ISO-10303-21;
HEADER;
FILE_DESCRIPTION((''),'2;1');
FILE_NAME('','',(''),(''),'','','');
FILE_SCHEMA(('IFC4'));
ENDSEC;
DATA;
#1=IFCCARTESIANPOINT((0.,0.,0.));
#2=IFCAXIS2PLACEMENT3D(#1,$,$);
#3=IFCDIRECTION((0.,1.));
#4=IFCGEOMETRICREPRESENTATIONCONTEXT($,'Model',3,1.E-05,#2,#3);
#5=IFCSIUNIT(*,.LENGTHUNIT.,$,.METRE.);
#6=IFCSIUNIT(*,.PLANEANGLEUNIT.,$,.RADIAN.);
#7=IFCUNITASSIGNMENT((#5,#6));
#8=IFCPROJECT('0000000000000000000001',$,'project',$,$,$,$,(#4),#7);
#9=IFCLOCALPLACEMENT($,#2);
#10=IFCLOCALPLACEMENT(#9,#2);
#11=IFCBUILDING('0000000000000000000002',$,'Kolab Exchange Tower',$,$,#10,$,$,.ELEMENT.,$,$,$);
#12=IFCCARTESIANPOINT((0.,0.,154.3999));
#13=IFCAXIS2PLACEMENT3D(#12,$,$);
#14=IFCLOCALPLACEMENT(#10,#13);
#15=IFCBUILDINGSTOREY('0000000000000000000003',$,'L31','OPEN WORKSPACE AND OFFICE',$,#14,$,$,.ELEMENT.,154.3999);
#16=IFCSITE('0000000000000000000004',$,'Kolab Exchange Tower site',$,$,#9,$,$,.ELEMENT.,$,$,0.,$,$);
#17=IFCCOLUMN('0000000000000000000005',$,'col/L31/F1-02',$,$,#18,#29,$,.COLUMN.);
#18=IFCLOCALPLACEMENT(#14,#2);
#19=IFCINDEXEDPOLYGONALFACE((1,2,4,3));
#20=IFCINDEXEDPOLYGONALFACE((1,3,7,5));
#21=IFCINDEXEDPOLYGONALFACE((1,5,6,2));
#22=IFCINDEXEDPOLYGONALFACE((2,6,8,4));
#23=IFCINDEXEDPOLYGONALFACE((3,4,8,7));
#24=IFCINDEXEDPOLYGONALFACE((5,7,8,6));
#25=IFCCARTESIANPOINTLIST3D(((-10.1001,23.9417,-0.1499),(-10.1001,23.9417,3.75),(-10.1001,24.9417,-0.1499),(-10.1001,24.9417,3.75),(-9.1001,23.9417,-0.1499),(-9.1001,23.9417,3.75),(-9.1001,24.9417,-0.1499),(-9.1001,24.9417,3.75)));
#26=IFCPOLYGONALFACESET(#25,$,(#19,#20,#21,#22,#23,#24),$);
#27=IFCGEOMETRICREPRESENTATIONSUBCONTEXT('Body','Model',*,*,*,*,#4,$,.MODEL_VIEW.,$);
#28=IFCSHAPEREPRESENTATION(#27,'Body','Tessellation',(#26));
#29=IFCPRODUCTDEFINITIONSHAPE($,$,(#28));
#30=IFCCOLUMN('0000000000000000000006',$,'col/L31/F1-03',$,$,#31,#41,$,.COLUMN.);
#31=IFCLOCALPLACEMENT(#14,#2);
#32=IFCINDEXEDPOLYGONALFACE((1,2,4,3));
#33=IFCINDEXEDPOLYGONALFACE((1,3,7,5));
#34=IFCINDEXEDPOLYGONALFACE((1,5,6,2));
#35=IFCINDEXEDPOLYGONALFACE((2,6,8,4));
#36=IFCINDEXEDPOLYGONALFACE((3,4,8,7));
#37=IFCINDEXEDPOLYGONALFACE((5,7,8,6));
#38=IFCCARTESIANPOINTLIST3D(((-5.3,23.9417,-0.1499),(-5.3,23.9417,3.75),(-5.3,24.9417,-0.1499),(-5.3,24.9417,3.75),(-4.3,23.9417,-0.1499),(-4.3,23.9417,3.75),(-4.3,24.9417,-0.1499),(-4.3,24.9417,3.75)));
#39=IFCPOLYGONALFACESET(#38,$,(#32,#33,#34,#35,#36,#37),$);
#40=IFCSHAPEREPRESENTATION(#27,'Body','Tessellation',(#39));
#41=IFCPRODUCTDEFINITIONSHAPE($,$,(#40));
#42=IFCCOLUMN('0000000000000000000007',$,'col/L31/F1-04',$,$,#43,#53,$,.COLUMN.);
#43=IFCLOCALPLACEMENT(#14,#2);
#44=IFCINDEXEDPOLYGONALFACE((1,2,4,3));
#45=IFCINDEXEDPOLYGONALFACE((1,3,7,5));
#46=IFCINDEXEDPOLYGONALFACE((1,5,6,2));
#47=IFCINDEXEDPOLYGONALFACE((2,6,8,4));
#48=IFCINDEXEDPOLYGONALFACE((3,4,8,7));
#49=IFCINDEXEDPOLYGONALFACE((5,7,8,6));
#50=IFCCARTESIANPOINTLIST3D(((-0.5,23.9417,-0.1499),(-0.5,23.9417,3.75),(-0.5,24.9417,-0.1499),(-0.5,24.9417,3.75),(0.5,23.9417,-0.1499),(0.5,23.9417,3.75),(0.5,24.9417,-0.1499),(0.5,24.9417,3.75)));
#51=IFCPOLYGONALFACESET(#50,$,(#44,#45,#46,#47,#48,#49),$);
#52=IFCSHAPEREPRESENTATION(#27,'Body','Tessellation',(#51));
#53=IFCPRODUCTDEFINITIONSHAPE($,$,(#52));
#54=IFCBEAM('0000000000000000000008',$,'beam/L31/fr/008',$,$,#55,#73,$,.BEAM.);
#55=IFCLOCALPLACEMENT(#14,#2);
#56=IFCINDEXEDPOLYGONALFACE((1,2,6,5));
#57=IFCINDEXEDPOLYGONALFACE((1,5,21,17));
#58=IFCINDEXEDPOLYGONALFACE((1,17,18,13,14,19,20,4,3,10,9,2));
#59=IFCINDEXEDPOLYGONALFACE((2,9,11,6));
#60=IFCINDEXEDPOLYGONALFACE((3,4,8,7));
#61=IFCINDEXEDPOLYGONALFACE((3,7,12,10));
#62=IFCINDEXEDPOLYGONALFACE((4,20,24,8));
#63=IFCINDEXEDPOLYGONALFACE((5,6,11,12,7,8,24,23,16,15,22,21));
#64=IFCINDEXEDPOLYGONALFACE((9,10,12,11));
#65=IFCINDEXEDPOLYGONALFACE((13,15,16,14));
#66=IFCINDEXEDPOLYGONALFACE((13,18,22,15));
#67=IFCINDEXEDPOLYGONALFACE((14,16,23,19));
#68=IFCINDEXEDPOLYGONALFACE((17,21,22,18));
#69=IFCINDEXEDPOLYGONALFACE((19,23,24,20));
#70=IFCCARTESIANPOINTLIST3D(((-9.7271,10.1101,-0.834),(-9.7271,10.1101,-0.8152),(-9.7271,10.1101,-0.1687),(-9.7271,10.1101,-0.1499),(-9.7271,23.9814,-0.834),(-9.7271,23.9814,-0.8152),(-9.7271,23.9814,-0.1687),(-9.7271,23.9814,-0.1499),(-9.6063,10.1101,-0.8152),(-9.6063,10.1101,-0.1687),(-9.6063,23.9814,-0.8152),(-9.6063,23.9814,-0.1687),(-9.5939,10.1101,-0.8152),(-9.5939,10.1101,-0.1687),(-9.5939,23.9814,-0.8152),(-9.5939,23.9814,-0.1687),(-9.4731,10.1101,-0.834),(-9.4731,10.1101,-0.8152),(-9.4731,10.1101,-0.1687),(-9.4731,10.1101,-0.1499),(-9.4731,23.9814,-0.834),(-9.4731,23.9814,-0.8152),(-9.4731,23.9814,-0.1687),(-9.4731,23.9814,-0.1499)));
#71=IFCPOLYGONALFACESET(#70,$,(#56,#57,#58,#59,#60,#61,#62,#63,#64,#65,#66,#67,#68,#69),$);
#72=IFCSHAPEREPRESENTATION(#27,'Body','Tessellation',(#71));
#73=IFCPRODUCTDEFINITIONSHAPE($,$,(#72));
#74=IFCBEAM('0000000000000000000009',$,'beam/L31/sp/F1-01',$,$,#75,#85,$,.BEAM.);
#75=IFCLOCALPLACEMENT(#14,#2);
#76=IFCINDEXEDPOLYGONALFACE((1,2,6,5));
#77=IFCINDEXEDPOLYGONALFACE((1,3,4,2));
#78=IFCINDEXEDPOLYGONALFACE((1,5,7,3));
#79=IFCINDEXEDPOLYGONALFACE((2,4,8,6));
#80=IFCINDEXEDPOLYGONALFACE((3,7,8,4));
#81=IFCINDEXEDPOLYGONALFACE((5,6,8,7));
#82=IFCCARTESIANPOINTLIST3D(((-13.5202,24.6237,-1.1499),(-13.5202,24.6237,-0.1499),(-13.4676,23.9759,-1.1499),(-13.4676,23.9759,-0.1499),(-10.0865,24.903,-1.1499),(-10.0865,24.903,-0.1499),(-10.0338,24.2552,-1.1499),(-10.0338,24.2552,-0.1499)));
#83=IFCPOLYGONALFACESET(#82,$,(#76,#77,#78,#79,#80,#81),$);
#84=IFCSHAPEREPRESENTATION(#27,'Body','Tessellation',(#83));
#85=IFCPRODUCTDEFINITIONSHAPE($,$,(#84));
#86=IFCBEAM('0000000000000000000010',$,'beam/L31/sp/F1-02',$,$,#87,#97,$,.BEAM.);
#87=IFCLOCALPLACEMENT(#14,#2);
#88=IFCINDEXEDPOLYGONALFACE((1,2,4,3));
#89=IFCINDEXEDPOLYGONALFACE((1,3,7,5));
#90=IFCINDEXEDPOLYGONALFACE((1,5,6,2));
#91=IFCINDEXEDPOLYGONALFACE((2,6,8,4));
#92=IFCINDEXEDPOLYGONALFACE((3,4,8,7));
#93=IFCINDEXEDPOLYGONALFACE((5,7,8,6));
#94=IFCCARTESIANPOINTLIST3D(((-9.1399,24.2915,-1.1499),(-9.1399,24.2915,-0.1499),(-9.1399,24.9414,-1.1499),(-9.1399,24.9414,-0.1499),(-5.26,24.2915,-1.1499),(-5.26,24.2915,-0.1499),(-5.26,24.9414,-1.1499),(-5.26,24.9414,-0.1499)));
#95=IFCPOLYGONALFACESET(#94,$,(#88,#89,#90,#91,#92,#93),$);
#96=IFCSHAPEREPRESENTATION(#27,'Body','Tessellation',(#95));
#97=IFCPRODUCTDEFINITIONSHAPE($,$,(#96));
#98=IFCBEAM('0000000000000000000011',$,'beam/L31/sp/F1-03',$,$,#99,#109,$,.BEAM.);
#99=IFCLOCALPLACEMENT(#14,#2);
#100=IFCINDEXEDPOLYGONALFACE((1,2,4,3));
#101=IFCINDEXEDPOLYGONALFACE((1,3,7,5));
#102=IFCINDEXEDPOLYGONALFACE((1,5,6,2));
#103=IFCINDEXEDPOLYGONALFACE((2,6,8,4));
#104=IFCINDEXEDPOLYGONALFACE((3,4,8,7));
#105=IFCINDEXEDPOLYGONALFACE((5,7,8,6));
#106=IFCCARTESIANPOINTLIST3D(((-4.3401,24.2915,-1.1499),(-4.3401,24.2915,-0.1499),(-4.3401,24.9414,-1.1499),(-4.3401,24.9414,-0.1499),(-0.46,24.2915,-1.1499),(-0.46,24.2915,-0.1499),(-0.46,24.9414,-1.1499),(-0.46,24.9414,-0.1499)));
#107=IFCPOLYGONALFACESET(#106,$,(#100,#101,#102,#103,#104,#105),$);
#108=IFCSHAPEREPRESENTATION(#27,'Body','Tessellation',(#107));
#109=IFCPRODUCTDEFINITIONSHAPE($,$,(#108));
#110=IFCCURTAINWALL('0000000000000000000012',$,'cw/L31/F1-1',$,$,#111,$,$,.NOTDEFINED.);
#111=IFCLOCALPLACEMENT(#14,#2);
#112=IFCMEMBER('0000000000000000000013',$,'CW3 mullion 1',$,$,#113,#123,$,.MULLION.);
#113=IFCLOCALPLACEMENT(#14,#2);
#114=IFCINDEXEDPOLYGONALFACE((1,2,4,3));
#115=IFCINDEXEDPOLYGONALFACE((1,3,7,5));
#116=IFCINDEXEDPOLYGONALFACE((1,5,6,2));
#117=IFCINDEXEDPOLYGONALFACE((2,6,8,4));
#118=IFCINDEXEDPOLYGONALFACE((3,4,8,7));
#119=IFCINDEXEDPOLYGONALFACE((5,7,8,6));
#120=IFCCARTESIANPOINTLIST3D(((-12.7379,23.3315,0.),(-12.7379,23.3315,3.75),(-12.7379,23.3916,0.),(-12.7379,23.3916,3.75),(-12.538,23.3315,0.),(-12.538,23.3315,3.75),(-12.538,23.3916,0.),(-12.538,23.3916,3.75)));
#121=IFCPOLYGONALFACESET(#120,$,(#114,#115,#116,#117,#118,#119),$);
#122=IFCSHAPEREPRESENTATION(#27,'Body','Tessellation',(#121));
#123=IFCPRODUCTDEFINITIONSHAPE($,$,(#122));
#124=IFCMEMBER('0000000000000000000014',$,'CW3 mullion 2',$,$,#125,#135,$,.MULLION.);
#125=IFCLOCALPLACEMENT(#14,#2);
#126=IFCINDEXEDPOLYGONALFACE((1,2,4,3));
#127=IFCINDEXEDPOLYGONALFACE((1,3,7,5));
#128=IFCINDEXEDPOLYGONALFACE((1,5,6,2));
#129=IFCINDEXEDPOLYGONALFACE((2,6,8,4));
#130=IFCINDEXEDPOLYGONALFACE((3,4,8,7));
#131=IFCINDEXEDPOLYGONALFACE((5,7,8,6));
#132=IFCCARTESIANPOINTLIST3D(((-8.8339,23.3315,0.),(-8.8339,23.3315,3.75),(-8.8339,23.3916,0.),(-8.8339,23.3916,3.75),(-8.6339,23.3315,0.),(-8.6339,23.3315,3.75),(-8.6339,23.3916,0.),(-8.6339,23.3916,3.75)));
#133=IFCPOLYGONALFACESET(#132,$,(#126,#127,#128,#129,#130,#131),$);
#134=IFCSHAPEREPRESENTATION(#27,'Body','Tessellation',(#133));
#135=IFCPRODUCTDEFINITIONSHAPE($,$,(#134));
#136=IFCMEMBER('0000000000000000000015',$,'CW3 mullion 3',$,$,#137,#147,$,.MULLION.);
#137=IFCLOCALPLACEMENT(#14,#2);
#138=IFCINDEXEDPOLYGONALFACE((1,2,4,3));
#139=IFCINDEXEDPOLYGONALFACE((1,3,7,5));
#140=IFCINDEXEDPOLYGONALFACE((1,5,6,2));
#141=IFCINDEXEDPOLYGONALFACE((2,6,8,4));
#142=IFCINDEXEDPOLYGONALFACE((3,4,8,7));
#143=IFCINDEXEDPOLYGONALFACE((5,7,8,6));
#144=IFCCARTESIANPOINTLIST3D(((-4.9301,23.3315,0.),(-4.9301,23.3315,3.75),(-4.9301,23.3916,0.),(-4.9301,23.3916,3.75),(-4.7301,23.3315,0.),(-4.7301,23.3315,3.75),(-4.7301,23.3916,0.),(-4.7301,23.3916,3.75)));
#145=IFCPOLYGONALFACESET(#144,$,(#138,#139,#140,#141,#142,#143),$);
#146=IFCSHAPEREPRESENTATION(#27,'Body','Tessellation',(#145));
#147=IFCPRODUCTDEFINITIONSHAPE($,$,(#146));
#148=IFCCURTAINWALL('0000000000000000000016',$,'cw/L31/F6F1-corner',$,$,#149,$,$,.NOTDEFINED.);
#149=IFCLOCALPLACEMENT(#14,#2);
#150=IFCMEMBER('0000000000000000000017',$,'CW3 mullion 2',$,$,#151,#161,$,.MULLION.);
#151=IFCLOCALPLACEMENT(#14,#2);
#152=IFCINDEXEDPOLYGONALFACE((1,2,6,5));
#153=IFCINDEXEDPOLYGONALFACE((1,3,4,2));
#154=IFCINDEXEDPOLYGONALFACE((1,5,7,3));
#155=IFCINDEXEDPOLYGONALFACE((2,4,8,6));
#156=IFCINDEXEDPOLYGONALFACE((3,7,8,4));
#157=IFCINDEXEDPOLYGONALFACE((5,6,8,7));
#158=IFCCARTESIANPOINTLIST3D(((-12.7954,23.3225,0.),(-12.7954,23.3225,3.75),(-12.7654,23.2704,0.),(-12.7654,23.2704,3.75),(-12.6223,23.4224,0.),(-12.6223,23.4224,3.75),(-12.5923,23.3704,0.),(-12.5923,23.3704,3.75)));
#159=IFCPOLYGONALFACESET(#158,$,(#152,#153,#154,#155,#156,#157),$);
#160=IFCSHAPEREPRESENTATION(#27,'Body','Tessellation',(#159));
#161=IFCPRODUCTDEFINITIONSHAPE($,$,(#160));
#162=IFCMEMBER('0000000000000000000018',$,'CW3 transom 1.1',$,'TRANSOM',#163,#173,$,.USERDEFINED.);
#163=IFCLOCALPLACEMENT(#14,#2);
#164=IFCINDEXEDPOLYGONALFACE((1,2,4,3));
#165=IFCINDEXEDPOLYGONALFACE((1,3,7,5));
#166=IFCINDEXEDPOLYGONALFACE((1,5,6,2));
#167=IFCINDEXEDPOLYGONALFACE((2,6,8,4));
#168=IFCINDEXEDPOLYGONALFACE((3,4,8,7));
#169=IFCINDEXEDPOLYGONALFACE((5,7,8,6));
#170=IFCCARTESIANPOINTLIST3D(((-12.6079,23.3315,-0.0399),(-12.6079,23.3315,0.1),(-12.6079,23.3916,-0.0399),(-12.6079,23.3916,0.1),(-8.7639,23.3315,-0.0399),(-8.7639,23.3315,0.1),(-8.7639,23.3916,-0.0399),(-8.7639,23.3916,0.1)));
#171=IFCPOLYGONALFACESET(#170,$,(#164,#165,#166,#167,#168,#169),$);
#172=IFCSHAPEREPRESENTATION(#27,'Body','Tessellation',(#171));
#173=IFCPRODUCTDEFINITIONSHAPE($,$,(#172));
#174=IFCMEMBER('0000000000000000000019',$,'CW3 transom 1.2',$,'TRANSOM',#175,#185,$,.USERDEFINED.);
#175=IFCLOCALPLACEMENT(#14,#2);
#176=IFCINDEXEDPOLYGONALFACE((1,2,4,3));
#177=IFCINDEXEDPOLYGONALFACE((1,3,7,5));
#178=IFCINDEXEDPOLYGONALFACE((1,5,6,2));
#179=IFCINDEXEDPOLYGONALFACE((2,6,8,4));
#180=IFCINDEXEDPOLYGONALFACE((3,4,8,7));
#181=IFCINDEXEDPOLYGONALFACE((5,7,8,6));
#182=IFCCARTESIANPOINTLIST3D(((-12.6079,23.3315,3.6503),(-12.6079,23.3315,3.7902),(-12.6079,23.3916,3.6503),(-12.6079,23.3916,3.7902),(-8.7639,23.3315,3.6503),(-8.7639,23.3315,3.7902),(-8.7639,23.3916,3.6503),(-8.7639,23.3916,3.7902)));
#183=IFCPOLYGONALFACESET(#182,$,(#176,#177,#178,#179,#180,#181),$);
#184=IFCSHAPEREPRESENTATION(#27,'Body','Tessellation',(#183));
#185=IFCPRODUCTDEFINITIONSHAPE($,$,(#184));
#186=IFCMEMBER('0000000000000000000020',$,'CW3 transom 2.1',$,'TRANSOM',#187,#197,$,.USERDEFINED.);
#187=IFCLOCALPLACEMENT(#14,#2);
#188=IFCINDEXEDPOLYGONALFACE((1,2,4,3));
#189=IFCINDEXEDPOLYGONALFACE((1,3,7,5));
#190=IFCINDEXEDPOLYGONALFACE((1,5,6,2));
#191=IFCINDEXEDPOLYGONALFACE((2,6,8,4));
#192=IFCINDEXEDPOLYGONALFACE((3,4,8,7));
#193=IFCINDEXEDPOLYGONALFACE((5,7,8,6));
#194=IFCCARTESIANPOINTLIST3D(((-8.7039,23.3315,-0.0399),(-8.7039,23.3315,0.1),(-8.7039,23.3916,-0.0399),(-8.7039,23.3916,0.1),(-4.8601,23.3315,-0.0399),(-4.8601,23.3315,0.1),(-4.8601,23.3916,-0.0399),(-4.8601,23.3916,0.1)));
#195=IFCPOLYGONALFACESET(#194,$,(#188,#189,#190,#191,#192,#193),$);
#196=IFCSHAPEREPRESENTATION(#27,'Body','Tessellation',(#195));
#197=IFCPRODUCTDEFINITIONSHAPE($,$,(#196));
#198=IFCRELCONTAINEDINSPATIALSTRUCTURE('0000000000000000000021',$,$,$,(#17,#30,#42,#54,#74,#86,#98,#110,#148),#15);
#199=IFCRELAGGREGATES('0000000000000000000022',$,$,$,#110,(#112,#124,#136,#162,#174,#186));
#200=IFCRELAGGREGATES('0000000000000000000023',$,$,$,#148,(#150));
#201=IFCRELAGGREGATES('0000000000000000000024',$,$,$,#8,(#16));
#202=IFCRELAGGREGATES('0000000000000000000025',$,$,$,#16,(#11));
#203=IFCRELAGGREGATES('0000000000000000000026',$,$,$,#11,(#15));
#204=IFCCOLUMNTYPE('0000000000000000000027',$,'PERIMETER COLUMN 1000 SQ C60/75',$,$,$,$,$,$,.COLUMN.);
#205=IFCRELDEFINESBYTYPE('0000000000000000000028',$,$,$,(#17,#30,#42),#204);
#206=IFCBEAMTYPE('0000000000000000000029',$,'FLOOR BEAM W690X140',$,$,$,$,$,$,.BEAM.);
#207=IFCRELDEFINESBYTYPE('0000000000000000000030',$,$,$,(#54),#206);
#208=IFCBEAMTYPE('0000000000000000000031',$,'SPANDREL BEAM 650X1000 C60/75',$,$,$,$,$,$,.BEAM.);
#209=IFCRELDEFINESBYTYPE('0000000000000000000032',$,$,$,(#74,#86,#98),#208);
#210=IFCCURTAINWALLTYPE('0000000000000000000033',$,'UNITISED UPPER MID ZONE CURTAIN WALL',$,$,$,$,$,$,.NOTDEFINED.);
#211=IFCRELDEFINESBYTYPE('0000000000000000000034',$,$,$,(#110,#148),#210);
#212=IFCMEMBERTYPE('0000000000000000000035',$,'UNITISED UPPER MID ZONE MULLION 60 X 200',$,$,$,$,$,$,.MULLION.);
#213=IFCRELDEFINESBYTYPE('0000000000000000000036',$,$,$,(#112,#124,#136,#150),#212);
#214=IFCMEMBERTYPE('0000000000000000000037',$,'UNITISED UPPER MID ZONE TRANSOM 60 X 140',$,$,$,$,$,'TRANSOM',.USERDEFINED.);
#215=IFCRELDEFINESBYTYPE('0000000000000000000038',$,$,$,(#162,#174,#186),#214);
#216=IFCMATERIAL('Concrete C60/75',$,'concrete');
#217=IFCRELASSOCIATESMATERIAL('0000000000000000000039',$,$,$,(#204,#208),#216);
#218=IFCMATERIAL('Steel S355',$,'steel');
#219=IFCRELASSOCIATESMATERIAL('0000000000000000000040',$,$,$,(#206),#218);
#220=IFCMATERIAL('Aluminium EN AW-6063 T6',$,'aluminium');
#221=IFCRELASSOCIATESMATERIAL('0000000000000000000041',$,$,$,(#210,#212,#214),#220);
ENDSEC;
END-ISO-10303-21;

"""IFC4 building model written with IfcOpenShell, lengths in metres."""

from ifc_helpers import new_model, si_unit, direction, frame, origin, origin_2d, place, context, subcontext, project, spatial, rectangle, i_section, extrude, material, material_profile, profile_set, type_object, element, aggregate, save


model = new_model("IFC4")

# Units and contexts
model_context = context("Model", 3, precision=1e-05, world=origin(), true_north=direction((0.0, 1.0)))
body_context = subcontext(model_context, "Body", "Model", "MODEL_VIEW")
ifc_project = project(units=[si_unit("LENGTHUNIT", "METRE"), si_unit("PLANEANGLEUNIT", "RADIAN")], contexts=[model_context])

# Site, building, storey
site_placement = place(None, origin())
site = spatial("IfcSite", under=ifc_project, at=site_placement, Name="Kolab Exchange Tower site", CompositionType="ELEMENT", RefElevation=0.0)
building_placement = place(site_placement, origin())
building = spatial("IfcBuilding", under=site, at=building_placement, Name="Kolab Exchange Tower", CompositionType="ELEMENT")
storey_placement = place(building_placement, frame((0.0, 0.0, 154.3999)))
storey = spatial("IfcBuildingStorey", under=building, at=storey_placement, Name="L31", Description="OPEN WORKSPACE AND OFFICE", CompositionType="ELEMENT", Elevation=154.3999)

# Columns
ifc_material_1 = material(Name="Concrete C60/75", Category="concrete")
ifc_material_profile_1 = material_profile(ifc_material_1, rectangle(XDim=1.0, YDim=1.0, at=origin_2d()), Name="RC1000")
ifc_profile_set_1 = profile_set([ifc_material_profile_1], Name="Concrete C60/75")
column_type = type_object("IfcColumnType", Name="PERIMETER COLUMN 1000 SQ C60/75", PredefinedType="COLUMN", material=ifc_profile_set_1)
for number, where, z_axis, x_axis, name in (
    (1, (-9.6001, 24.4417, -0.1499), (0.0, 0.0, 1.0), (1.0, 0.0, 0.0), "col/L31/F1-02"),
    (2, (-4.8, 24.4417, -0.1499), (0.0, 0.0, 1.0), (1.0, 0.0, 0.0), "col/L31/F1-03"),
    (3, (0.0, 24.4417, -0.1499), (0.0, 0.0, 1.0), (1.0, 0.0, 0.0), "col/L31/F1-04"),
):
    element("IfcColumn", number, at=place(storey_placement, frame(where, z_axis=z_axis, x_axis=x_axis)), inside=storey, type_object=column_type, Name=name, PredefinedType="COLUMN", context=body_context, shape_type="SweptSolid", body=[
        extrude(rectangle(XDim=1.0, YDim=1.0, at=origin_2d()), origin(), (0.0, 0.0, 1.0), 3.8999),
    ])

# Beams
ifc_material_2 = material(Name="Steel S355", Category="steel")
ifc_material_profile_2 = material_profile(ifc_material_2, i_section(OverallWidth=0.2539, OverallDepth=0.6841, WebThickness=0.0125, FlangeThickness=0.0188, at=origin_2d()), Name="W690X140")
ifc_profile_set_2 = profile_set([ifc_material_profile_2], Name="Steel S355")
beam_type_1 = type_object("IfcBeamType", Name="FLOOR BEAM W690X140", PredefinedType="BEAM", material=ifc_profile_set_2)
beam_1_placement = place(storey_placement, frame((-9.6001, 10.1101, -0.4919), z_axis=(0.0, 1.0, 0.0), x_axis=(-1.0, 0.0, 0.0)))
element("IfcBeam", 4, at=beam_1_placement, inside=storey, type_object=beam_type_1, Name="beam/L31/fr/008", PredefinedType="BEAM", context=body_context, shape_type="SweptSolid", body=[
    extrude(i_section(OverallWidth=0.2539, OverallDepth=0.6841, WebThickness=0.0125, FlangeThickness=0.0188, at=origin_2d()), origin(), (0.0, 0.0, 1.0), 13.8713),
])
ifc_material_profile_3 = material_profile(ifc_material_1, rectangle(XDim=0.6499, YDim=1.0, at=origin_2d()), Name="RC650X1000")
ifc_profile_set_3 = profile_set([ifc_material_profile_3], Name="Concrete C60/75")
beam_type_2 = type_object("IfcBeamType", Name="SPANDREL BEAM 650X1000 C60/75", PredefinedType="BEAM", material=ifc_profile_set_3)
beam_2_placement = place(storey_placement, frame((-13.4939, 24.2998, -0.6499), z_axis=(0.996708, 0.081069, 0.0), x_axis=(-0.081069, 0.996708, 0.0)))
element("IfcBeam", 5, at=beam_2_placement, inside=storey, type_object=beam_type_2, Name="beam/L31/sp/F1-01", PredefinedType="BEAM", context=body_context, shape_type="SweptSolid", body=[
    extrude(rectangle(XDim=0.6499, YDim=1.0, at=origin_2d()), origin(), (0.0, 0.0, 1.0), 3.4451),
])
beam_3_placement = place(storey_placement, frame((-9.1399, 24.6165, -0.6499), z_axis=(1.0, 0.0, 0.0), x_axis=(0.0, 1.0, 0.0)))
element("IfcBeam", 6, at=beam_3_placement, inside=storey, type_object=beam_type_2, Name="beam/L31/sp/F1-02", PredefinedType="BEAM", context=body_context, shape_type="SweptSolid", body=[
    extrude(rectangle(XDim=0.6499, YDim=1.0, at=origin_2d()), origin(), (0.0, 0.0, 1.0), 3.8799),
])
beam_4_placement = place(storey_placement, frame((-4.3401, 24.6165, -0.6499), z_axis=(1.0, 0.0, 0.0), x_axis=(0.0, 1.0, 0.0)))
element("IfcBeam", 7, at=beam_4_placement, inside=storey, type_object=beam_type_2, Name="beam/L31/sp/F1-03", PredefinedType="BEAM", context=body_context, shape_type="SweptSolid", body=[
    extrude(rectangle(XDim=0.6499, YDim=1.0, at=origin_2d()), origin(), (0.0, 0.0, 1.0), 3.8801),
])

# Curtain wall, members
ifc_material_3 = material(Name="Aluminium EN AW-6063 T6", Category="aluminium")
curtain_wall_type = type_object("IfcCurtainWallType", Name="UNITISED UPPER MID ZONE CURTAIN WALL", PredefinedType="NOTDEFINED", material=ifc_material_3)
curtain_wall_1_placement = place(storey_placement, origin())
curtain_wall_1 = element("IfcCurtainWall", 8, at=curtain_wall_1_placement, inside=storey, type_object=curtain_wall_type, Name="cw/L31/F1-1", PredefinedType="NOTDEFINED")
ifc_material_profile_4 = material_profile(ifc_material_3, rectangle(XDim=0.0601, YDim=0.2, at=origin_2d()), Name="RECT 60X200")
ifc_profile_set_4 = profile_set([ifc_material_profile_4], Name="Aluminium EN AW-6063 T6")
member_type_1 = type_object("IfcMemberType", Name="UNITISED UPPER MID ZONE MULLION 60 X 200", PredefinedType="MULLION", material=ifc_profile_set_4)
member_1_placement = place(storey_placement, frame((-12.6379, 23.3616, 0.0), z_axis=(0.0, 0.0, 1.0), x_axis=(0.0, 1.0, 0.0)))
member_1 = element("IfcMember", 9, at=member_1_placement, type_object=member_type_1, Name="CW3 mullion 1", PredefinedType="MULLION", context=body_context, shape_type="SweptSolid", body=[
    extrude(rectangle(XDim=0.0601, YDim=0.2, at=origin_2d()), origin(), (0.0, 0.0, 1.0), 3.75),
])
member_2_placement = place(storey_placement, frame((-8.7339, 23.3616, 0.0), z_axis=(0.0, 0.0, 1.0), x_axis=(0.0, 1.0, 0.0)))
member_2 = element("IfcMember", 10, at=member_2_placement, type_object=member_type_1, Name="CW3 mullion 2", PredefinedType="MULLION", context=body_context, shape_type="SweptSolid", body=[
    extrude(rectangle(XDim=0.0601, YDim=0.2, at=origin_2d()), origin(), (0.0, 0.0, 1.0), 3.75),
])
member_3_placement = place(storey_placement, frame((-4.8301, 23.3616, 0.0), z_axis=(0.0, 0.0, 1.0), x_axis=(0.0, 1.0, 0.0)))
member_3 = element("IfcMember", 11, at=member_3_placement, type_object=member_type_1, Name="CW3 mullion 3", PredefinedType="MULLION", context=body_context, shape_type="SweptSolid", body=[
    extrude(rectangle(XDim=0.0601, YDim=0.2, at=origin_2d()), origin(), (0.0, 0.0, 1.0), 3.75),
])

# Curtain wall, member
curtain_wall_2_placement = place(storey_placement, origin())
curtain_wall_2 = element("IfcCurtainWall", 12, at=curtain_wall_2_placement, inside=storey, type_object=curtain_wall_type, Name="cw/L31/F6F1-corner", PredefinedType="NOTDEFINED")
member_4_placement = place(storey_placement, frame((-12.6938, 23.3464, 0.0), z_axis=(0.0, 0.0, 1.0), x_axis=(-0.5, 0.866025, 0.0)))
member_4 = element("IfcMember", 13, at=member_4_placement, type_object=member_type_1, Name="CW3 mullion 2", PredefinedType="MULLION", context=body_context, shape_type="SweptSolid", body=[
    extrude(rectangle(XDim=0.0601, YDim=0.2, at=origin_2d()), origin(), (0.0, 0.0, 1.0), 3.75),
])

# Members
ifc_material_profile_5 = material_profile(ifc_material_3, rectangle(XDim=0.0601, YDim=0.1399, at=origin_2d()), Name="RECT 60X140")
ifc_profile_set_5 = profile_set([ifc_material_profile_5], Name="Aluminium EN AW-6063 T6")
member_type_2 = type_object("IfcMemberType", Name="UNITISED UPPER MID ZONE TRANSOM 60 X 140", ElementType="TRANSOM", PredefinedType="USERDEFINED", material=ifc_profile_set_5)
member_5_placement = place(storey_placement, frame((-12.6079, 23.3616, 0.03), z_axis=(1.0, 0.0, 0.0), x_axis=(0.0, 1.0, 0.0)))
member_5 = element("IfcMember", 14, at=member_5_placement, type_object=member_type_2, Name="CW3 transom 1.1", ObjectType="TRANSOM", PredefinedType="USERDEFINED", context=body_context, shape_type="SweptSolid", body=[
    extrude(rectangle(XDim=0.0601, YDim=0.1399, at=origin_2d()), origin(), (0.0, 0.0, 1.0), 3.844),
])
member_6_placement = place(storey_placement, frame((-12.6079, 23.3616, 3.7202), z_axis=(1.0, 0.0, 0.0), x_axis=(0.0, 1.0, 0.0)))
member_6 = element("IfcMember", 15, at=member_6_placement, type_object=member_type_2, Name="CW3 transom 1.2", ObjectType="TRANSOM", PredefinedType="USERDEFINED", context=body_context, shape_type="SweptSolid", body=[
    extrude(rectangle(XDim=0.0601, YDim=0.1399, at=origin_2d()), origin(), (0.0, 0.0, 1.0), 3.844),
])
member_7_placement = place(storey_placement, frame((-8.7039, 23.3616, 0.03), z_axis=(1.0, 0.0, 0.0), x_axis=(0.0, 1.0, 0.0)))
member_7 = element("IfcMember", 16, at=member_7_placement, type_object=member_type_2, Name="CW3 transom 2.1", ObjectType="TRANSOM", PredefinedType="USERDEFINED", context=body_context, shape_type="SweptSolid", body=[
    extrude(rectangle(XDim=0.0601, YDim=0.1399, at=origin_2d()), origin(), (0.0, 0.0, 1.0), 3.8438),
])

aggregate(curtain_wall_1, [member_1, member_2, member_3, member_5, member_6, member_7])
aggregate(curtain_wall_2, [member_4])

save(model, "model.ifc")
